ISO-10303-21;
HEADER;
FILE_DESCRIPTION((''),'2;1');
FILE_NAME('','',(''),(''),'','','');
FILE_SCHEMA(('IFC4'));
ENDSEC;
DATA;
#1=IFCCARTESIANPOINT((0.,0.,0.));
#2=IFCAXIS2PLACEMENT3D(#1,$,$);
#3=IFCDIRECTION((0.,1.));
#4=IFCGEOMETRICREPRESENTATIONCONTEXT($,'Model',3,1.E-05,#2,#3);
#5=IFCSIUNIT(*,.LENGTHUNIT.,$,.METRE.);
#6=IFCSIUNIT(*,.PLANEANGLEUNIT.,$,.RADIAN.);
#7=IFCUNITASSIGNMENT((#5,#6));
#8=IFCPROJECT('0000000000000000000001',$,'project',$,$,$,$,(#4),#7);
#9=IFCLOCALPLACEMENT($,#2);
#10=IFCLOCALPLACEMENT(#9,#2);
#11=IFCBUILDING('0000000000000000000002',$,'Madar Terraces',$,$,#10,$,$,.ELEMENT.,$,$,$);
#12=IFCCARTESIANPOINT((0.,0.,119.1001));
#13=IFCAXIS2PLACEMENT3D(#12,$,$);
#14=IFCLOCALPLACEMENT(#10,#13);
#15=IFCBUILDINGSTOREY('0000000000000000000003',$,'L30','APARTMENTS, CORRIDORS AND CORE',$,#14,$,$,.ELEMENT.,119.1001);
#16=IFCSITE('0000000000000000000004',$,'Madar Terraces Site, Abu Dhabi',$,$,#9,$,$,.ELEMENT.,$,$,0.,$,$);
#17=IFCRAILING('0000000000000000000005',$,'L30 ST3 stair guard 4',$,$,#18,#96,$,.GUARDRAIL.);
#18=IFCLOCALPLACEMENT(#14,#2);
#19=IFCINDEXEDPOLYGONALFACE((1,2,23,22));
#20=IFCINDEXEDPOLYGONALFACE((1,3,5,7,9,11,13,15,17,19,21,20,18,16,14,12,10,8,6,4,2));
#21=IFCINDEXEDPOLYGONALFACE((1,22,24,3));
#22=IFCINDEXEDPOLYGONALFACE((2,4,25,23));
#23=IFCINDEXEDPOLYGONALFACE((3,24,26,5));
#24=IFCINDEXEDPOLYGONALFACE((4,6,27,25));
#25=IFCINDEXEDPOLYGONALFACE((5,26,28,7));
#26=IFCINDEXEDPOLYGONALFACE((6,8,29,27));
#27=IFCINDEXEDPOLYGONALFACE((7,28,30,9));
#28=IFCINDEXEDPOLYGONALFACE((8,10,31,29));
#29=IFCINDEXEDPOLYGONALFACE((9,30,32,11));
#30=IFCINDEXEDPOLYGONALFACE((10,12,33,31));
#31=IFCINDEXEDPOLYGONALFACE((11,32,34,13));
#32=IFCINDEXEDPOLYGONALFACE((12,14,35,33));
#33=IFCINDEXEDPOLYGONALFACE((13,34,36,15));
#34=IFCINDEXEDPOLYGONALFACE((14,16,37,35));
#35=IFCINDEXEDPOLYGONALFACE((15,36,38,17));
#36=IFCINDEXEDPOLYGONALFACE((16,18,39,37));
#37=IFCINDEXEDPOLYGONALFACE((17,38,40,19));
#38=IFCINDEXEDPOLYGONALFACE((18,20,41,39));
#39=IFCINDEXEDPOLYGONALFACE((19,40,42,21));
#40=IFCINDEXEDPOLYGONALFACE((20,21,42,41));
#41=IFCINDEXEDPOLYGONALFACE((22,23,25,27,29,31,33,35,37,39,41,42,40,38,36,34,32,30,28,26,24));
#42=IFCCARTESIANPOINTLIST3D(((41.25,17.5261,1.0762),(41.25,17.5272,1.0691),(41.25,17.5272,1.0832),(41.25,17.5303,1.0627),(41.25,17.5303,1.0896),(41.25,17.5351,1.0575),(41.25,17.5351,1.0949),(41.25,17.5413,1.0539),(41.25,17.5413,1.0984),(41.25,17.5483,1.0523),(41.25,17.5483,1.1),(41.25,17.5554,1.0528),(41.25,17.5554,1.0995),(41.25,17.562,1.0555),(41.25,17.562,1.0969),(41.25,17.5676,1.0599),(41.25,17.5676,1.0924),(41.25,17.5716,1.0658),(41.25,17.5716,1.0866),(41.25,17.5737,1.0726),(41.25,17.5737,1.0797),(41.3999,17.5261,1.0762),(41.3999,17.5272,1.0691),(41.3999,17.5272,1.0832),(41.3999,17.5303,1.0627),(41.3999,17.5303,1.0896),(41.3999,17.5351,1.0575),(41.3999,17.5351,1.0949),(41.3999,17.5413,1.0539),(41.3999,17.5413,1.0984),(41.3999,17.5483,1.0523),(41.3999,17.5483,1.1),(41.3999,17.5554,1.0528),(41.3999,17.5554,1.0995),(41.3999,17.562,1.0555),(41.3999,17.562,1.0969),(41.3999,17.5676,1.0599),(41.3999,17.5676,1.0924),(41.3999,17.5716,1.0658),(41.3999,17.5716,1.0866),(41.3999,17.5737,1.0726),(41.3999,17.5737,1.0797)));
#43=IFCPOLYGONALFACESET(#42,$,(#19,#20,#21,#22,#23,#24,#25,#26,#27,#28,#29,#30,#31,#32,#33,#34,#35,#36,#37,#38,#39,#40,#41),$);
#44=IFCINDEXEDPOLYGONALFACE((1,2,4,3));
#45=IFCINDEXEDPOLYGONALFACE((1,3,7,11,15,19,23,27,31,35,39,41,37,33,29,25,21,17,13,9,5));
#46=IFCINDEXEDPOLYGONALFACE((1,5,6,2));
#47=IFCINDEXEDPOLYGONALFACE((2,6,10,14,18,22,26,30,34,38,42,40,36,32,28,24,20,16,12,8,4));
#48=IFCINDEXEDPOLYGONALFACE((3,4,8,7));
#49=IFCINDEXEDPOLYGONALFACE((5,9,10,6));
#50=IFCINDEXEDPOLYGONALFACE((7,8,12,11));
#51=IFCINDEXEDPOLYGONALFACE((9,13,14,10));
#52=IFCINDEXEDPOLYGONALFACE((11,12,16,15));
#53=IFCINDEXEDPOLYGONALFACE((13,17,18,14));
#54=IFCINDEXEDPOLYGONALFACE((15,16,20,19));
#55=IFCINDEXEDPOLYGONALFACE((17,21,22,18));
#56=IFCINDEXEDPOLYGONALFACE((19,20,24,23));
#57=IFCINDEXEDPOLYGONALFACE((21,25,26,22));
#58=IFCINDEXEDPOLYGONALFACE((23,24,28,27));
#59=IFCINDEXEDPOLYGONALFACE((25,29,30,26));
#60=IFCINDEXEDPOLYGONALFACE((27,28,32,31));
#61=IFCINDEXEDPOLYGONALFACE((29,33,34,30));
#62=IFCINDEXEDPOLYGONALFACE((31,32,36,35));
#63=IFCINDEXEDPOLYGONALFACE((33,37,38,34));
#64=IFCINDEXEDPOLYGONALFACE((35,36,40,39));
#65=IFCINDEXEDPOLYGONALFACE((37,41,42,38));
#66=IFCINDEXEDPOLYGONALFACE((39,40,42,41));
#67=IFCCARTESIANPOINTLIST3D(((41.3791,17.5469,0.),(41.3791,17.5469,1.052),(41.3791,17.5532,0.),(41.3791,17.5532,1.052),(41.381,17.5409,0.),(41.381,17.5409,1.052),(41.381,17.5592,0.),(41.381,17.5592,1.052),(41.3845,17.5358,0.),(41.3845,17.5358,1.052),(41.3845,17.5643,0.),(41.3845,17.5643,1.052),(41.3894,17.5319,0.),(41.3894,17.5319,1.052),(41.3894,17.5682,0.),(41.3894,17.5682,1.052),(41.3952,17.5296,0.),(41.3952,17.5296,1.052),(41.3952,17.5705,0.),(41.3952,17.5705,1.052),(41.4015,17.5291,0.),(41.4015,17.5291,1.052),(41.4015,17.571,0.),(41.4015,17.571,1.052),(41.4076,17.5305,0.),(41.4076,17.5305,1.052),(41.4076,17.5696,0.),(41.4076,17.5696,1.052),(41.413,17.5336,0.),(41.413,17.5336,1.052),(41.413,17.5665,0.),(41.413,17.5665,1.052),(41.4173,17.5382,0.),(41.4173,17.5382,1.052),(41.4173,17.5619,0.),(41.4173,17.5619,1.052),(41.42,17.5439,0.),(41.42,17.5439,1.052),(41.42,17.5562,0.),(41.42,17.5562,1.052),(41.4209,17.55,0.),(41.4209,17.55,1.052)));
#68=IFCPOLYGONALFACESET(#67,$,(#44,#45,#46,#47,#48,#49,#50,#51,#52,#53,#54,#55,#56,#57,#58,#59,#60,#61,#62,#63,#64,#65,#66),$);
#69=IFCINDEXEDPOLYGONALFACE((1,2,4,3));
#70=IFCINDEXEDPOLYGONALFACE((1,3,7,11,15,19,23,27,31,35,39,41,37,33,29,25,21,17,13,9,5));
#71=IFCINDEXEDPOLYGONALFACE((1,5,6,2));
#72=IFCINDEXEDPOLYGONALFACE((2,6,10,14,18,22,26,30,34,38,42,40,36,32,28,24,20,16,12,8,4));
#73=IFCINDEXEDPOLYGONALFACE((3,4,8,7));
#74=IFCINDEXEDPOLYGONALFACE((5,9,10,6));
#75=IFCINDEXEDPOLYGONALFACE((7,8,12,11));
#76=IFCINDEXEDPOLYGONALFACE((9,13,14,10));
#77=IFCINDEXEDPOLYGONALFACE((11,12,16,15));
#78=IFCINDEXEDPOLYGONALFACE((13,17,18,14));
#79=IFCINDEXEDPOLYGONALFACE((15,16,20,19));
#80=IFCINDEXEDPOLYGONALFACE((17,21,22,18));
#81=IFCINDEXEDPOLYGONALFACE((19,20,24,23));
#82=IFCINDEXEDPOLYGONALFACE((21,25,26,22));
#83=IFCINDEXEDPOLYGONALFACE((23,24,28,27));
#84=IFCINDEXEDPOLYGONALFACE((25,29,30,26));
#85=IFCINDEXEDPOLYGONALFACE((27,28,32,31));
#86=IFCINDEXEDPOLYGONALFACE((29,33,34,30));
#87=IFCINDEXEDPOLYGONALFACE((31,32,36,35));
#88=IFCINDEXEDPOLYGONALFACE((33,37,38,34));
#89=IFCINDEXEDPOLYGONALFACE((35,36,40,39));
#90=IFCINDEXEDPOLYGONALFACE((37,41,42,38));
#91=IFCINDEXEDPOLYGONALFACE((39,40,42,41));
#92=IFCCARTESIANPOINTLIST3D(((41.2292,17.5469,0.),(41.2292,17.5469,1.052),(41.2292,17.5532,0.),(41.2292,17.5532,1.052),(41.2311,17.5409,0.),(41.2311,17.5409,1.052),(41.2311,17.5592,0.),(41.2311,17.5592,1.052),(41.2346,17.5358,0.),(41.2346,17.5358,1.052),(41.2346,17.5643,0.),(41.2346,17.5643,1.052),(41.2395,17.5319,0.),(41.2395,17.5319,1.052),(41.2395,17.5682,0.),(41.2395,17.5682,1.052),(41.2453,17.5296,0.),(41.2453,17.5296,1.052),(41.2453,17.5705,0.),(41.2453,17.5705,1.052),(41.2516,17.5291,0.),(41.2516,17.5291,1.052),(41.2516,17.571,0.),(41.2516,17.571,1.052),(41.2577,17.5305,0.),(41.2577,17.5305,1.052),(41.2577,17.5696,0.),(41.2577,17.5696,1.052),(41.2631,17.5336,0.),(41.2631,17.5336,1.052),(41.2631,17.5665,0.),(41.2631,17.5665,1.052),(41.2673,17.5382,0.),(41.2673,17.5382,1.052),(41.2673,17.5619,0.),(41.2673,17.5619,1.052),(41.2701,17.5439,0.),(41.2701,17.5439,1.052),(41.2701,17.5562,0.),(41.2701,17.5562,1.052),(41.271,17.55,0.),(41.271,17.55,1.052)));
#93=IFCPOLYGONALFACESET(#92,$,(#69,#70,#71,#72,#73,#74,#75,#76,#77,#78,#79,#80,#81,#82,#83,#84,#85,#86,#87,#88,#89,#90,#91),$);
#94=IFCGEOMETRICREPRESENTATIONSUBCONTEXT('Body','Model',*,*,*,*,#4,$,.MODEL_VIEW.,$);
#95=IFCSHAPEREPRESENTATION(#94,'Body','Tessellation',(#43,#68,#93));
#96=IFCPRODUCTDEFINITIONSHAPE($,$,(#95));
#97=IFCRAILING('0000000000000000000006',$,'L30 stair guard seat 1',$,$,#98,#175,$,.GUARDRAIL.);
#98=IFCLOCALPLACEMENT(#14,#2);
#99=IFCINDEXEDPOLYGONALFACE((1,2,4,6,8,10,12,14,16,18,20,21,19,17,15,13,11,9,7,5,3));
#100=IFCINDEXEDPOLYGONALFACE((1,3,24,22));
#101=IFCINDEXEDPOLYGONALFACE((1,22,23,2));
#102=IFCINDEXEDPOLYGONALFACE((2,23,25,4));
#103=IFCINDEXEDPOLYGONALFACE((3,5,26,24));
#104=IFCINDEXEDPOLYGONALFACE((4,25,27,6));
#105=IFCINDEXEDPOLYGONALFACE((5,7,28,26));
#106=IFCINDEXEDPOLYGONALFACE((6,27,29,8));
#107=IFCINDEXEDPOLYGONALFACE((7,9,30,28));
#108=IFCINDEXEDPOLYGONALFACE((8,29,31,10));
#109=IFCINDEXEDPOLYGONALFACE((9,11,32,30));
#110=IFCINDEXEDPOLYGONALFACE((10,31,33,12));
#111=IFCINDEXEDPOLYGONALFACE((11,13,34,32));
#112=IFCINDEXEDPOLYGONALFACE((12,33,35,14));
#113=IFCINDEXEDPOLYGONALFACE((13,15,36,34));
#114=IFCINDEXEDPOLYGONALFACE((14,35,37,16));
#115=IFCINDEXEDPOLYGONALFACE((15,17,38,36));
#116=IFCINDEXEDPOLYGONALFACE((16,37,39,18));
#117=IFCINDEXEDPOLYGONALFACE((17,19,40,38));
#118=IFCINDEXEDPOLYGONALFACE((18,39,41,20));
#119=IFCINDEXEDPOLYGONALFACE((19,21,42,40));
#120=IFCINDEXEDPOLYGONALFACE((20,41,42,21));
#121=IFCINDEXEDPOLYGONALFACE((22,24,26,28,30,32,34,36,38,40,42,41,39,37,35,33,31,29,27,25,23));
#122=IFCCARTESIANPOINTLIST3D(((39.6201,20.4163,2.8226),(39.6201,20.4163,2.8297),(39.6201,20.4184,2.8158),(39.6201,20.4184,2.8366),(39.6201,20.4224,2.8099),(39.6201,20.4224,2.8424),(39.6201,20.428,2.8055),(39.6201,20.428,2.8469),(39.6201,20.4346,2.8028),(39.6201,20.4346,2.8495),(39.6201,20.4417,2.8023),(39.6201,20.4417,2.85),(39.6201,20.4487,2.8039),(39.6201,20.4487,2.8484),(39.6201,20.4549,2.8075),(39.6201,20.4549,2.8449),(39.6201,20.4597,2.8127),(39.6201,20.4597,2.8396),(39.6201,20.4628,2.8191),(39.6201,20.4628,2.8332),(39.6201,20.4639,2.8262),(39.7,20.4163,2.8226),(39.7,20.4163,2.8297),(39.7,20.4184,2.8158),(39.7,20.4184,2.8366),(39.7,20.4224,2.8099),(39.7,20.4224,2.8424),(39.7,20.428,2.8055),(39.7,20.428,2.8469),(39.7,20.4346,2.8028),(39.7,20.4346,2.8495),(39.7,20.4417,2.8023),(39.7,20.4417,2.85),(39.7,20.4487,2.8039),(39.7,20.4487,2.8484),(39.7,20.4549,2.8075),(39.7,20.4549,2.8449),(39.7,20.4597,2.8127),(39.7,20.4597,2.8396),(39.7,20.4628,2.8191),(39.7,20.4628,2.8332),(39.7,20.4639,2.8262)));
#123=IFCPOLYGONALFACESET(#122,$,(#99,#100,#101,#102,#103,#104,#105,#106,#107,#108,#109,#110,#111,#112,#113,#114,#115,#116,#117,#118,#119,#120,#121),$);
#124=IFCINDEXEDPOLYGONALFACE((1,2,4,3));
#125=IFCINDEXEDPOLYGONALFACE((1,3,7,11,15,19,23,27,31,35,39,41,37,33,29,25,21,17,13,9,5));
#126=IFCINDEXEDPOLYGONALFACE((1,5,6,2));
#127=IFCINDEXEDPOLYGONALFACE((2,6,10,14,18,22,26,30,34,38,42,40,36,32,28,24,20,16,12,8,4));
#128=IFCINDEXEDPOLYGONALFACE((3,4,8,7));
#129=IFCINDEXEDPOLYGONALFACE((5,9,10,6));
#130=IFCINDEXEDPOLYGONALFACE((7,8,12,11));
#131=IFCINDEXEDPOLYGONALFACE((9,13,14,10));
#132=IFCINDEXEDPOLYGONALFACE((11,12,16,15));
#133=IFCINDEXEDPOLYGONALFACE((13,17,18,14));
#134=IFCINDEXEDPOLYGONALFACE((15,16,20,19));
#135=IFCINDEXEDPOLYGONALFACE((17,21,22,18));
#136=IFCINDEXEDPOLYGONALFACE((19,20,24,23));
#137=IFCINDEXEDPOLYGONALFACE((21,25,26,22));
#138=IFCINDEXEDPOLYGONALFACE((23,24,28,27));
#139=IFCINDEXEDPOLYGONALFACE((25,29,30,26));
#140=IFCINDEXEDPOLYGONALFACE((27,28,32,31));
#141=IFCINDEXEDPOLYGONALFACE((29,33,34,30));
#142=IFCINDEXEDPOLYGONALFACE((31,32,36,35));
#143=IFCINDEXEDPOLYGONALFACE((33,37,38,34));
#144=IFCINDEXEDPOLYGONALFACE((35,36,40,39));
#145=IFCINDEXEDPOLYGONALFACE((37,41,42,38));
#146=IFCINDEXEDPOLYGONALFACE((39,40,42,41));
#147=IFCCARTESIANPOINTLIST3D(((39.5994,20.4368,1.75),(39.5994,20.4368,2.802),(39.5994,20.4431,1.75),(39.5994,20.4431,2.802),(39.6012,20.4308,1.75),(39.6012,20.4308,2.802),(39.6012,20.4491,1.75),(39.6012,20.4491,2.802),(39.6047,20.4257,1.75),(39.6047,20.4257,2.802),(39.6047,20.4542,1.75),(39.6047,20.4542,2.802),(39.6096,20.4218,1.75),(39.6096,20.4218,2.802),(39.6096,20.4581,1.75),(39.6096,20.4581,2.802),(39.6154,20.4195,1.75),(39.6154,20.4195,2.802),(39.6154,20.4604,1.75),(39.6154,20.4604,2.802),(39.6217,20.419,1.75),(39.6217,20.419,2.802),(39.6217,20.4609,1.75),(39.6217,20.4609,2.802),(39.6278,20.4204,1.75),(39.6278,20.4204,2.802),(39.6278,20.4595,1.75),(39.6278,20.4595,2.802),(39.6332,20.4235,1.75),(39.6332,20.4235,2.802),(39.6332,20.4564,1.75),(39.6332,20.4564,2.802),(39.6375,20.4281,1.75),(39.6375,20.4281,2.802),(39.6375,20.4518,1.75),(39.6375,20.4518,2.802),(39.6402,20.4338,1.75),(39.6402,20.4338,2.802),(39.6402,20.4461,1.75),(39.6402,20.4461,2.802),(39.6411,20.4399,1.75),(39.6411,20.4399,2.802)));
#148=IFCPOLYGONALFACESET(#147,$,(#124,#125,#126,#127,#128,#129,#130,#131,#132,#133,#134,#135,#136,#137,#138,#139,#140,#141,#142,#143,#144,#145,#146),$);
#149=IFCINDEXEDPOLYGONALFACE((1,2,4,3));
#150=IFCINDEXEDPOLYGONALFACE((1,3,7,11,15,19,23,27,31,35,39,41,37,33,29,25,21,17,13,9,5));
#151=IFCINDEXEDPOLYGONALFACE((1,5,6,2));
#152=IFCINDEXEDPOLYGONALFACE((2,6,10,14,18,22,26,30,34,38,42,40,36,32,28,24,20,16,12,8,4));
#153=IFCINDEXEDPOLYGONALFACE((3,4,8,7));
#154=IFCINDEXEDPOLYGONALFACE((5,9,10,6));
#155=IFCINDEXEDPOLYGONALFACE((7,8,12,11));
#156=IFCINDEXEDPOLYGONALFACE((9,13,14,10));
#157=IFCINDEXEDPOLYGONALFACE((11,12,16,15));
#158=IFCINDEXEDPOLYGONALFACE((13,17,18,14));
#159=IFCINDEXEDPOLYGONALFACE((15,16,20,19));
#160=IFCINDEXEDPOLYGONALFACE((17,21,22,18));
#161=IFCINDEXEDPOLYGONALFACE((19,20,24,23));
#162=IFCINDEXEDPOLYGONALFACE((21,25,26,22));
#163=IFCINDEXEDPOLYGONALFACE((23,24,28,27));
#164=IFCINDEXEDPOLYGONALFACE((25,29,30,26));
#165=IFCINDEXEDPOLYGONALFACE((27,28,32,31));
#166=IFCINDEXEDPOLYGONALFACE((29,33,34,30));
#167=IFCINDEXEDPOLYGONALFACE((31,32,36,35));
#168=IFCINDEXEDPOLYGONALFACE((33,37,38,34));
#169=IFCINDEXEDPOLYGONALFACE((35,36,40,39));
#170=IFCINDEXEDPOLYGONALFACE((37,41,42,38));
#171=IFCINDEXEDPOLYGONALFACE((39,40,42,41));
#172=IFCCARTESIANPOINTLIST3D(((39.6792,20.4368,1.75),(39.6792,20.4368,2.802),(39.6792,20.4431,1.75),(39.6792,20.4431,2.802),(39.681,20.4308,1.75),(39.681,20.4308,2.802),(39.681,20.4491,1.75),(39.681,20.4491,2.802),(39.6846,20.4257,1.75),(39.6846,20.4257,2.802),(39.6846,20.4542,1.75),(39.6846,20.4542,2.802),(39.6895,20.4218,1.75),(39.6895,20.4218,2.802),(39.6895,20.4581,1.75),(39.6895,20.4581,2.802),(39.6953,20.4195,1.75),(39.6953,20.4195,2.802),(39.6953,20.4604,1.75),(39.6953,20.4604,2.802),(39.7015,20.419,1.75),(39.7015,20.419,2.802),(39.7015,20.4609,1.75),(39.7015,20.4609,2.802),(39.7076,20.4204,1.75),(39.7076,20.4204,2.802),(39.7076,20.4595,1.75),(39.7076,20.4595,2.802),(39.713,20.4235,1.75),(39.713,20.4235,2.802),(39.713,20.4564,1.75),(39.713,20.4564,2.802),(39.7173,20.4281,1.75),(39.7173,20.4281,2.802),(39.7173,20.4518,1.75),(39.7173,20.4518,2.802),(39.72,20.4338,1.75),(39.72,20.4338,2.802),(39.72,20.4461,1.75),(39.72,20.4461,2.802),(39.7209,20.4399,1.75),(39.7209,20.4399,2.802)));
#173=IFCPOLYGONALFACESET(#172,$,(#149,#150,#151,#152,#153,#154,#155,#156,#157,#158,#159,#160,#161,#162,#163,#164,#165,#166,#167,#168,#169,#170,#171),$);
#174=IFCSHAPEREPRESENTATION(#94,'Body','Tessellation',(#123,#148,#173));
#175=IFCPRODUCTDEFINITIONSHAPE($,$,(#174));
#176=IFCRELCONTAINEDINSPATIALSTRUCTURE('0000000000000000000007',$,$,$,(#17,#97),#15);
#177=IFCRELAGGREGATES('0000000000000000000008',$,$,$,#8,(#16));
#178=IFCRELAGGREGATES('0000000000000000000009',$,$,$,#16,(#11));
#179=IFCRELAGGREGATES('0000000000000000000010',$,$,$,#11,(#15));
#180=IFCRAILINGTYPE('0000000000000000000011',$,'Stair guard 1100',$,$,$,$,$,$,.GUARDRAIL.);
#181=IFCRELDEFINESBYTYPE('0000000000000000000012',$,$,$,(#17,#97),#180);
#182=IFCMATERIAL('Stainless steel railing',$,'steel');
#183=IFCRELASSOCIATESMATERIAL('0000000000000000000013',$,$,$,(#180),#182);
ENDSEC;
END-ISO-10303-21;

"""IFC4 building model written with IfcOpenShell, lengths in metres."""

from ifc_helpers import new_model, si_unit, direction, frame, origin, origin_2d, place, context, subcontext, project, spatial, circle, extrude, material, type_object, element, save


model = new_model("IFC4")

# Units and contexts
model_context = context("Model", 3, precision=1e-05, world=origin(), true_north=direction((0.0, 1.0)))
body_context = subcontext(model_context, "Body", "Model", "MODEL_VIEW")
ifc_project = project(units=[si_unit("LENGTHUNIT", "METRE"), si_unit("PLANEANGLEUNIT", "RADIAN")], contexts=[model_context])

# Site, building, storey
site_placement = place(None, origin())
site = spatial("IfcSite", under=ifc_project, at=site_placement, Name="Madar Terraces Site, Abu Dhabi", CompositionType="ELEMENT", RefElevation=0.0)
building_placement = place(site_placement, origin())
building = spatial("IfcBuilding", under=site, at=building_placement, Name="Madar Terraces", CompositionType="ELEMENT")
storey_placement = place(building_placement, frame((0.0, 0.0, 119.1001)))
storey = spatial("IfcBuildingStorey", under=building, at=storey_placement, Name="L30", Description="APARTMENTS, CORRIDORS AND CORE", CompositionType="ELEMENT", Elevation=119.1001)

# Railings
ifc_material_1 = material(Name="Stainless steel railing", Category="steel")
railing_type_1 = type_object("IfcRailingType", Name="Stair guard 1100", PredefinedType="GUARDRAIL", material=ifc_material_1)
railing_1_placement = place(storey_placement, frame((41.3999, 17.55, 0.0)))
element("IfcRailing", 1, at=railing_1_placement, inside=storey, type_object=railing_type_1, Name="L30 ST3 stair guard 4", PredefinedType="GUARDRAIL", context=body_context, shape_type="SweptSolid", body=[
    extrude(circle(Radius=0.0239, at=origin_2d()), frame((0.0, 0.0, 1.0762), z_axis=(-1.0, 0.0, 0.0), x_axis=(0.0, -1.0, 0.0)), (0.0, 0.0, 1.0), 0.1499),
    extrude(circle(Radius=0.021, at=origin_2d()), origin(), (0.0, 0.0, 1.0), 1.052),
    extrude(circle(Radius=0.021, at=origin_2d()), frame((-0.1499, 0.0, 0.0)), (0.0, 0.0, 1.0), 1.052),
])
railing_2_placement = place(storey_placement, frame((39.6201, 20.4399, 1.75)))
element("IfcRailing", 2, at=railing_2_placement, inside=storey, type_object=railing_type_1, Name="L30 stair guard seat 1", PredefinedType="GUARDRAIL", context=body_context, shape_type="SweptSolid", body=[
    extrude(circle(Radius=0.0239, at=origin_2d()), frame((0.0, 0.0, 1.0762), z_axis=(1.0, 0.0, 0.0), x_axis=(0.0, 1.0, 0.0)), (0.0, 0.0, 1.0), 0.0798),
    extrude(circle(Radius=0.021, at=origin_2d()), origin(), (0.0, 0.0, 1.0), 1.052),
    extrude(circle(Radius=0.021, at=origin_2d()), frame((0.0798, 0.0, 0.0)), (0.0, 0.0, 1.0), 1.052),
])

save(model, "model.ifc")
